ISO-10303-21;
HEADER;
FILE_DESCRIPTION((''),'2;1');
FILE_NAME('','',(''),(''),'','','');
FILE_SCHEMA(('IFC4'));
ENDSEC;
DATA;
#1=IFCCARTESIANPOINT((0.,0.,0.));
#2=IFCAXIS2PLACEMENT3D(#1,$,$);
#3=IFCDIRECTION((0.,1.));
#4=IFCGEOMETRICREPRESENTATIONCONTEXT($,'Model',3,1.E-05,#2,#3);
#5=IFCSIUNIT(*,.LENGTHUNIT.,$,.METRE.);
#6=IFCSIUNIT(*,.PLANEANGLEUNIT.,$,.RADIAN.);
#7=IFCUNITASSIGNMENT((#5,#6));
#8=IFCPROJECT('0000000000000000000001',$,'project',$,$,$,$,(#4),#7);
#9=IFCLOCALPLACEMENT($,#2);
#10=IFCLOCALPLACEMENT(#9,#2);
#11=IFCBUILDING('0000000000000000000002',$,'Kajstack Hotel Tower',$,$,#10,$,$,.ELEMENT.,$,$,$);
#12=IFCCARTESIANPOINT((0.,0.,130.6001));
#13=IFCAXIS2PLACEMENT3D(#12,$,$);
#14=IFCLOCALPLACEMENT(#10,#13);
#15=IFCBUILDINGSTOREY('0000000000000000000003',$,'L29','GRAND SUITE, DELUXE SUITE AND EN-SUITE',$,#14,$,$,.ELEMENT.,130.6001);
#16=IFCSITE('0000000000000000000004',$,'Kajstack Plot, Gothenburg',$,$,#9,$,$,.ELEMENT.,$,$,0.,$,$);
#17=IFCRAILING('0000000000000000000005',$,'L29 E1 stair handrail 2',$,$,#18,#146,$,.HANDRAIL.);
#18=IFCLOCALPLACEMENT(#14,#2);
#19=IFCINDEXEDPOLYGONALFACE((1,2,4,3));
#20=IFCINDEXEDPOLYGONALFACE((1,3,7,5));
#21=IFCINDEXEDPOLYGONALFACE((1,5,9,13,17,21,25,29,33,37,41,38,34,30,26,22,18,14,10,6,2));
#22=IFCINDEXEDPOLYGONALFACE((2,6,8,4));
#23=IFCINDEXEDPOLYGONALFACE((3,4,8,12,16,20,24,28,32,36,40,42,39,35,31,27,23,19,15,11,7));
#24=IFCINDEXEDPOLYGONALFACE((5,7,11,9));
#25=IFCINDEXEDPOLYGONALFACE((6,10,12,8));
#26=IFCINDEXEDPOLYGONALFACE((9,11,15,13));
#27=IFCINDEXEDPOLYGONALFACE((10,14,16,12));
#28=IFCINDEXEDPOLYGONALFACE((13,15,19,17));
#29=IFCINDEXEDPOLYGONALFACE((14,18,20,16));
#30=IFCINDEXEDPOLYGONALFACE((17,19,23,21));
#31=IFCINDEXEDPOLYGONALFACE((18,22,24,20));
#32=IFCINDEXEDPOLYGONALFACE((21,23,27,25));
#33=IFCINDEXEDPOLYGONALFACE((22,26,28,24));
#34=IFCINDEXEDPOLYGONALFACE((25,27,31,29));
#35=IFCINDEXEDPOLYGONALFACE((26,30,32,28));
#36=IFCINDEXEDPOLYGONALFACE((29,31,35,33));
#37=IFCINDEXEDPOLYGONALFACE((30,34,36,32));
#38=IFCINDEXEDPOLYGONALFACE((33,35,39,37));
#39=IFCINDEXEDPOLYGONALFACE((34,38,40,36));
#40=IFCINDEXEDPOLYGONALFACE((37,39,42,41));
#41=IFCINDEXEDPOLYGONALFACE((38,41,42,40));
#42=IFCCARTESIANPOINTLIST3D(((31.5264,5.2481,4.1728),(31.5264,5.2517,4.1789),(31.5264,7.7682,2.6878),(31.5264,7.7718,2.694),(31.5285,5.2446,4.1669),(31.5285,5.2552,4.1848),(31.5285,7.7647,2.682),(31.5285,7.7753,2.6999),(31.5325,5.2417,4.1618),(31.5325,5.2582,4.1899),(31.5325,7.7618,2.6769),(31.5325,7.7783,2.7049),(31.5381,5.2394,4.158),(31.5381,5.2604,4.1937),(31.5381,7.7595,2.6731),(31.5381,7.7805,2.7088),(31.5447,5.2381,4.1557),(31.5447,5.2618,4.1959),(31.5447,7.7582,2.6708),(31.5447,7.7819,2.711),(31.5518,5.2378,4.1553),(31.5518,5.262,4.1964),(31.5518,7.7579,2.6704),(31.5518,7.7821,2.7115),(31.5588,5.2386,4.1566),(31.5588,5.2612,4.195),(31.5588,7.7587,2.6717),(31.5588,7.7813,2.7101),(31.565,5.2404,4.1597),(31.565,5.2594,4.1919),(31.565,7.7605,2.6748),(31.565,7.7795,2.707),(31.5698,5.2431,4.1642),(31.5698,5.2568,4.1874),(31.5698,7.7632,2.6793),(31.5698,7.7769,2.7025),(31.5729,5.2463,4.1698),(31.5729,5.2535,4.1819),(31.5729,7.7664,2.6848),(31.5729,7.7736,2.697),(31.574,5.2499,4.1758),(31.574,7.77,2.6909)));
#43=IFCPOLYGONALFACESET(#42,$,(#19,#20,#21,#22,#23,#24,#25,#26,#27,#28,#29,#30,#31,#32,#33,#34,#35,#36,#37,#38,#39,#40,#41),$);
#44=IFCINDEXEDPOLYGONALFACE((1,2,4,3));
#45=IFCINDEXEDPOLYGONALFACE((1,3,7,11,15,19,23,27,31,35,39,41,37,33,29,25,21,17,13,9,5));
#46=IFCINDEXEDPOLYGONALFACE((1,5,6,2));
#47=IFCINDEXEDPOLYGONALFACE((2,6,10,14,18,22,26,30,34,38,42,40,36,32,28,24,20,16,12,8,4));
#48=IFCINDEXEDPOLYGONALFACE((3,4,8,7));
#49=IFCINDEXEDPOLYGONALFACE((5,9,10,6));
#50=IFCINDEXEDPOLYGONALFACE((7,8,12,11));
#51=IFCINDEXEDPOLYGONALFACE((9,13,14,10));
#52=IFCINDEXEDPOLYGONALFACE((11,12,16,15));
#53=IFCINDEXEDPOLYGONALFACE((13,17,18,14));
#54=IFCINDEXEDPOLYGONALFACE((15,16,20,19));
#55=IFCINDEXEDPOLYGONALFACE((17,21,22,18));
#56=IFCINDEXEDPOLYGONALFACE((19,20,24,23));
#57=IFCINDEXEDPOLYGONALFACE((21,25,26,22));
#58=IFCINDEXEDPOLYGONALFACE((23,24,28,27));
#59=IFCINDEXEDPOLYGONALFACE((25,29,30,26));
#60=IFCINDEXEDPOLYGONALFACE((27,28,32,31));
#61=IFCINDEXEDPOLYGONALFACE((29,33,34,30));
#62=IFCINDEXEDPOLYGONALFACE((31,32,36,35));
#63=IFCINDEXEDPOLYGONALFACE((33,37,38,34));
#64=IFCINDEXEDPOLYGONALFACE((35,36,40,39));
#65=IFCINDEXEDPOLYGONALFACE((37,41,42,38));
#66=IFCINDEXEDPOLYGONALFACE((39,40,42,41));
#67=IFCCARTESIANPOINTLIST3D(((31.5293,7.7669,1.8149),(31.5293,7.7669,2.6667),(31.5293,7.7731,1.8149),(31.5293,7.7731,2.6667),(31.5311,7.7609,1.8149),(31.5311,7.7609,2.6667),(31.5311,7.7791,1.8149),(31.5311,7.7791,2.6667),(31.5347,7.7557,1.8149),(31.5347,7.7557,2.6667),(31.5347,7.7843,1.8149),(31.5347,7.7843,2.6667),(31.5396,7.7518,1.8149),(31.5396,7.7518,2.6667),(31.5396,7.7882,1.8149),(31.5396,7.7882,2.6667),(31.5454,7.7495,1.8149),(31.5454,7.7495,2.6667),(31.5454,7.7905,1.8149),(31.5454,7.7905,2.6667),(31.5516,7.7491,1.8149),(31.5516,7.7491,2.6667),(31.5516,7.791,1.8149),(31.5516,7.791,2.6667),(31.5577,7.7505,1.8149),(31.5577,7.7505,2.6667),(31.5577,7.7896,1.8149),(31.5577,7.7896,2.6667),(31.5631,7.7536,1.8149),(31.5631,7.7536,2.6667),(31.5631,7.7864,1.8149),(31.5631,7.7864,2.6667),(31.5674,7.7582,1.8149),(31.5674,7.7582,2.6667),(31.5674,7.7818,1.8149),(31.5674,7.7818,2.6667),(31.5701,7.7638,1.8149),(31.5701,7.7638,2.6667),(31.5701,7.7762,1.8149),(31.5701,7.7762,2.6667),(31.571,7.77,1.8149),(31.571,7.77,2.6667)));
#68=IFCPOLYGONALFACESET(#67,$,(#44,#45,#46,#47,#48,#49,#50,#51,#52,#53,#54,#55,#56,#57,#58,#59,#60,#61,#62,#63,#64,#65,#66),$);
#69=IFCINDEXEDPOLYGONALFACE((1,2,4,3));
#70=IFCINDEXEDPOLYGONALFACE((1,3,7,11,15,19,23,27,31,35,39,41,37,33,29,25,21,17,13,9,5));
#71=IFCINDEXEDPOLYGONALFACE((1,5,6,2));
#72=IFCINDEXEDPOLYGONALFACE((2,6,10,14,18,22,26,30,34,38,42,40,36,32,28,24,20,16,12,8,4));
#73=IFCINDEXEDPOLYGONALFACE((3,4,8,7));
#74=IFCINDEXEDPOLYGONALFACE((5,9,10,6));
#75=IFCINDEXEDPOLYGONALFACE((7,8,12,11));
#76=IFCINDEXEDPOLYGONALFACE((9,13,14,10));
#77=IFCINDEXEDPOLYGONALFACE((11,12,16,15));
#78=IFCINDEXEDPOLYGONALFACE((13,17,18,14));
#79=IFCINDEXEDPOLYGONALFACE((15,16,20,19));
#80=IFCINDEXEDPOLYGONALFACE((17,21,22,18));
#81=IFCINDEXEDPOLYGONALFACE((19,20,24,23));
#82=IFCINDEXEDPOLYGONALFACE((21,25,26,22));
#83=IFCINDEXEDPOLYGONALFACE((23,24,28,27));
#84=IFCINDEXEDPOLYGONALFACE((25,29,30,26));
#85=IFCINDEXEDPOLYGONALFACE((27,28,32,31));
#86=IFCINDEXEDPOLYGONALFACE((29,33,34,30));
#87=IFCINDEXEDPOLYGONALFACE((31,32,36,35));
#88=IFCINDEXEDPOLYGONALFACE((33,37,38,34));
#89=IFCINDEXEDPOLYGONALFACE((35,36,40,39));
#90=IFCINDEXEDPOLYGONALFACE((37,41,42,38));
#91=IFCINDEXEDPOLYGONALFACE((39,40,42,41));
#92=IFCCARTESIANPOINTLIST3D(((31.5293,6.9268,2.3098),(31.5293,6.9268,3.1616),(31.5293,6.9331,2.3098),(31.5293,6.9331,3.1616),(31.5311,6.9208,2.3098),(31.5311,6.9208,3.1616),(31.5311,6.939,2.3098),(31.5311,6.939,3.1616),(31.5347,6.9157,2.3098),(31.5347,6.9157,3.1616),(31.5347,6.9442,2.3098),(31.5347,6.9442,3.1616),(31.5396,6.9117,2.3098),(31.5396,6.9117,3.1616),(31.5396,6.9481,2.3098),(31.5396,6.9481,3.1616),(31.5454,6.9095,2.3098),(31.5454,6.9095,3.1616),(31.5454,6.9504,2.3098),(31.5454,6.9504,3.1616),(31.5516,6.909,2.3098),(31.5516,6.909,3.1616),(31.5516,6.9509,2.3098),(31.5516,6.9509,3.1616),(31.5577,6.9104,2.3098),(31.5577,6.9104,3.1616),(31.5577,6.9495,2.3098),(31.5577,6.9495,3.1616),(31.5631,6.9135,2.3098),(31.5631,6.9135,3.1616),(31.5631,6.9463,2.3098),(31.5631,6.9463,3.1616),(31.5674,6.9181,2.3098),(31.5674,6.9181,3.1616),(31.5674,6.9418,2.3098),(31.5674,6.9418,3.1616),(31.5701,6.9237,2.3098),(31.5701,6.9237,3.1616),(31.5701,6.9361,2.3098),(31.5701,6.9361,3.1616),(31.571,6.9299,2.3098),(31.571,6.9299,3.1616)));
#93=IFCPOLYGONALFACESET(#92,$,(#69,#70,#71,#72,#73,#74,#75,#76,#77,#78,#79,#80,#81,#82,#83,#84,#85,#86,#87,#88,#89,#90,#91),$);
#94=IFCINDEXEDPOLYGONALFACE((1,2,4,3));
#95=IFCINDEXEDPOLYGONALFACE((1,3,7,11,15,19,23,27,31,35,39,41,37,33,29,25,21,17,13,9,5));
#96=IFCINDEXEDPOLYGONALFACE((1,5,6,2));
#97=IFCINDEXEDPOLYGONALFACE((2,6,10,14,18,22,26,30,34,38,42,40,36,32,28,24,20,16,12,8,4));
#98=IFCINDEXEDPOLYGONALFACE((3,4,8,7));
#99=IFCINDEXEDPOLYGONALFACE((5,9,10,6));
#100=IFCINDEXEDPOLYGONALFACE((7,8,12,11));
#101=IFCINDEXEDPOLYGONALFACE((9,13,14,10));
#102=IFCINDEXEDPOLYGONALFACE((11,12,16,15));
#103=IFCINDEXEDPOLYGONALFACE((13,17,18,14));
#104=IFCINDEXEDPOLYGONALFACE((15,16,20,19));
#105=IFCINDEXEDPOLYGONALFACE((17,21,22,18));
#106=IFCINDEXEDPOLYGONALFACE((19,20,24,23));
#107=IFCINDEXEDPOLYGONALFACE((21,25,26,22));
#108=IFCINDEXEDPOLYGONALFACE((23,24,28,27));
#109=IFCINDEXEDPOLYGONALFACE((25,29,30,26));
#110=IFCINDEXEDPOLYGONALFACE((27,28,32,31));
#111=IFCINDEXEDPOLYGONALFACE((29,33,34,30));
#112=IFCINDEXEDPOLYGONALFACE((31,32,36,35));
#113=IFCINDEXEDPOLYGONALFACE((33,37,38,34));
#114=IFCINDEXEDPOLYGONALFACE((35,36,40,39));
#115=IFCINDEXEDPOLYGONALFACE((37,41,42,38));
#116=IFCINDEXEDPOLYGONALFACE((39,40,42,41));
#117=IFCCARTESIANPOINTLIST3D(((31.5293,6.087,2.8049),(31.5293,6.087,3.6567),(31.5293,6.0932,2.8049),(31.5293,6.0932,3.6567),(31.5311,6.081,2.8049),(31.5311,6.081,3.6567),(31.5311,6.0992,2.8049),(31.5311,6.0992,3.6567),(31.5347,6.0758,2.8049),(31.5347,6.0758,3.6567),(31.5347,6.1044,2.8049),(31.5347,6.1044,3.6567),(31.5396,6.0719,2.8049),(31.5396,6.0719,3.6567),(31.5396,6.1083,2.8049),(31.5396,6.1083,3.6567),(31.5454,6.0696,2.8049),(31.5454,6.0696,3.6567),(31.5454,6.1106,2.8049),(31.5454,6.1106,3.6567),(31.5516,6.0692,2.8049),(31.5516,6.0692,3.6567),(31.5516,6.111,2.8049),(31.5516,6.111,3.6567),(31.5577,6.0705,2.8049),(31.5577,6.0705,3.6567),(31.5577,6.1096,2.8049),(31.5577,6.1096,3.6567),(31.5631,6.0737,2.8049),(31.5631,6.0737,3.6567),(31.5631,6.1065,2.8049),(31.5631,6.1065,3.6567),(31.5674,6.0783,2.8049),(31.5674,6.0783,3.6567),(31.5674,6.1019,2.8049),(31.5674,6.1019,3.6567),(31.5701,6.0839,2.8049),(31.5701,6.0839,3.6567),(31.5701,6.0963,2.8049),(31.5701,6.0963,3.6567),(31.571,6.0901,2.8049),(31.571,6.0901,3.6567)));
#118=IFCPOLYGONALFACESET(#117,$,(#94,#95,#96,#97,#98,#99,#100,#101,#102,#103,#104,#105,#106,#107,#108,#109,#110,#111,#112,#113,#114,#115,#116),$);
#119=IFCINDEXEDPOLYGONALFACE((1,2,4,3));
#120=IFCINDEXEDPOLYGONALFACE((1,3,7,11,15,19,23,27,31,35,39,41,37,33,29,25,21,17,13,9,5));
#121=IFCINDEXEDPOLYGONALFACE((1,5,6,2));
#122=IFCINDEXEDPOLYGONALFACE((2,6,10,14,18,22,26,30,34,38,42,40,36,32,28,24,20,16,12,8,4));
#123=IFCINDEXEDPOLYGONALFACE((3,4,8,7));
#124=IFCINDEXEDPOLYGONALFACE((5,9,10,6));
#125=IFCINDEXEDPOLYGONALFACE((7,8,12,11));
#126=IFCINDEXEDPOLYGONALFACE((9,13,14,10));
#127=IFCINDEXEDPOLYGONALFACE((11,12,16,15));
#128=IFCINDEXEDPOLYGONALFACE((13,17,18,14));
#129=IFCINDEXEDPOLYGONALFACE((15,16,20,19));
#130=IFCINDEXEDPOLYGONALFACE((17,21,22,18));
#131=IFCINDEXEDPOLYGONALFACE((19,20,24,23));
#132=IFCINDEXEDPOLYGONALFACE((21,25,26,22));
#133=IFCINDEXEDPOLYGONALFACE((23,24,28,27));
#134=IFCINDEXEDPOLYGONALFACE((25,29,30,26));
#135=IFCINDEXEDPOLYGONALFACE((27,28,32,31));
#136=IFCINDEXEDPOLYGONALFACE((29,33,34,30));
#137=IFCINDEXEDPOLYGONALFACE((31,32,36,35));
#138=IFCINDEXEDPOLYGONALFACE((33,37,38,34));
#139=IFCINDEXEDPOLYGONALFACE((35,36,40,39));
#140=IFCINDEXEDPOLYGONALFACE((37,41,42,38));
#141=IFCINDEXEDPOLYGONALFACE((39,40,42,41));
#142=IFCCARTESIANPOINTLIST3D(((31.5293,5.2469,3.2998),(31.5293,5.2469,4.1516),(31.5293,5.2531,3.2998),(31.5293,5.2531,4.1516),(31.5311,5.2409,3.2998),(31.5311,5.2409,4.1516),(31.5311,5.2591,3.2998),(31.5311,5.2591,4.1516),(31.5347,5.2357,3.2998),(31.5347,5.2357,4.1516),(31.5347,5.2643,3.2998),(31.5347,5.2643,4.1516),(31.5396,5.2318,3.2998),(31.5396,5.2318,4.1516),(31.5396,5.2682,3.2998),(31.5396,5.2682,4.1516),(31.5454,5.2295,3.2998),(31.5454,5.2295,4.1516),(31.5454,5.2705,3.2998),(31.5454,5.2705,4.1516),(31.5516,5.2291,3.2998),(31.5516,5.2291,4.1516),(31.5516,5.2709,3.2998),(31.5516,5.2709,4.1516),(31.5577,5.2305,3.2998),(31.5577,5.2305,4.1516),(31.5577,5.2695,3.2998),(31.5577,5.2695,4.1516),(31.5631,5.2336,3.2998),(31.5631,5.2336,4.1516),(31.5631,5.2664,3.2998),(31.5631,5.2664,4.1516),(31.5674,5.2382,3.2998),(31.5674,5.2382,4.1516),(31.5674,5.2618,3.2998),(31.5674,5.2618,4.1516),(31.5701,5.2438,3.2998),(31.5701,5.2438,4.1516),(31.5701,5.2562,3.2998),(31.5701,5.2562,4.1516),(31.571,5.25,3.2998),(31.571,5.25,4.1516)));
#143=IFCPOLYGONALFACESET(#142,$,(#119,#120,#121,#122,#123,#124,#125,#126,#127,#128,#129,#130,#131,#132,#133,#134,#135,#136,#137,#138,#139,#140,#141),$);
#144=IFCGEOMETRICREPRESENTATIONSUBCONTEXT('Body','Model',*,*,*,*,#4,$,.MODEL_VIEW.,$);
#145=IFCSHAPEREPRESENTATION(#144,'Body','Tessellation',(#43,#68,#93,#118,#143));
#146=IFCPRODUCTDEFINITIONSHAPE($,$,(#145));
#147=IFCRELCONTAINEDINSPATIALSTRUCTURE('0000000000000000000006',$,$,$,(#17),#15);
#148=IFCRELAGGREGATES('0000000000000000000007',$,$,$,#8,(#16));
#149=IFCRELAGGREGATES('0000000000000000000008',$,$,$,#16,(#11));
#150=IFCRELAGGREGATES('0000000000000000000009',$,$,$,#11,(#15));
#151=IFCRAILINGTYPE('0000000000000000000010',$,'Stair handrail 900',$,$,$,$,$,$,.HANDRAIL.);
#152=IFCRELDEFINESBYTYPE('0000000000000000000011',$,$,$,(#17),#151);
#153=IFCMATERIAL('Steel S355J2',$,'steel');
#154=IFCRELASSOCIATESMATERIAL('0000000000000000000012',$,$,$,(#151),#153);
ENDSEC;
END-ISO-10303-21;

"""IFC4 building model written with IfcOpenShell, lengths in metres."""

from ifc_helpers import new_model, si_unit, direction, frame, origin, origin_2d, place, context, subcontext, project, spatial, circle, extrude, material, type_object, element, save


model = new_model("IFC4")

# Units and contexts
model_context = context("Model", 3, precision=1e-05, world=origin(), true_north=direction((0.0, 1.0)))
body_context = subcontext(model_context, "Body", "Model", "MODEL_VIEW")
ifc_project = project(units=[si_unit("LENGTHUNIT", "METRE"), si_unit("PLANEANGLEUNIT", "RADIAN")], contexts=[model_context])

# Site, building, storey
site_placement = place(None, origin())
site = spatial("IfcSite", under=ifc_project, at=site_placement, Name="Kajstack Plot, Gothenburg", CompositionType="ELEMENT", RefElevation=0.0)
building_placement = place(site_placement, origin())
building = spatial("IfcBuilding", under=site, at=building_placement, Name="Kajstack Hotel Tower", CompositionType="ELEMENT")
storey_placement = place(building_placement, frame((0.0, 0.0, 130.6001)))
storey = spatial("IfcBuildingStorey", under=building, at=storey_placement, Name="L29", Description="GRAND SUITE, DELUXE SUITE AND EN-SUITE", CompositionType="ELEMENT", Elevation=130.6001)

# Railing
ifc_material_1 = material(Name="Steel S355J2", Category="steel")
railing_type_1 = type_object("IfcRailingType", Name="Stair handrail 900", PredefinedType="HANDRAIL", material=ifc_material_1)
railing_1_placement = place(storey_placement, frame((31.55, 7.77, 1.8149)))
element("IfcRailing", 1, at=railing_1_placement, inside=storey, type_object=railing_type_1, Name="L29 E1 stair handrail 2", PredefinedType="HANDRAIL", context=body_context, shape_type="SweptSolid", body=[
    extrude(circle(Radius=0.0239, at=origin_2d()), frame((0.0, 0.0, 0.876), z_axis=(0.0, -0.861561, 0.507655), x_axis=(1.0, 0.0, 0.0)), (0.0, 0.0, 1.0), 2.925),
    extrude(circle(Radius=0.021, at=origin_2d()), origin(), (0.0, 0.0, 1.0), 0.8518),
    extrude(circle(Radius=0.021, at=origin_2d()), frame((0.0, -0.8401, 0.4949)), (0.0, 0.0, 1.0), 0.8518),
    extrude(circle(Radius=0.021, at=origin_2d()), frame((0.0, -1.6799, 0.99)), (0.0, 0.0, 1.0), 0.8518),
    extrude(circle(Radius=0.021, at=origin_2d()), frame((0.0, -2.52, 1.4849)), (0.0, 0.0, 1.0), 0.8518),
])

save(model, "model.ifc")
